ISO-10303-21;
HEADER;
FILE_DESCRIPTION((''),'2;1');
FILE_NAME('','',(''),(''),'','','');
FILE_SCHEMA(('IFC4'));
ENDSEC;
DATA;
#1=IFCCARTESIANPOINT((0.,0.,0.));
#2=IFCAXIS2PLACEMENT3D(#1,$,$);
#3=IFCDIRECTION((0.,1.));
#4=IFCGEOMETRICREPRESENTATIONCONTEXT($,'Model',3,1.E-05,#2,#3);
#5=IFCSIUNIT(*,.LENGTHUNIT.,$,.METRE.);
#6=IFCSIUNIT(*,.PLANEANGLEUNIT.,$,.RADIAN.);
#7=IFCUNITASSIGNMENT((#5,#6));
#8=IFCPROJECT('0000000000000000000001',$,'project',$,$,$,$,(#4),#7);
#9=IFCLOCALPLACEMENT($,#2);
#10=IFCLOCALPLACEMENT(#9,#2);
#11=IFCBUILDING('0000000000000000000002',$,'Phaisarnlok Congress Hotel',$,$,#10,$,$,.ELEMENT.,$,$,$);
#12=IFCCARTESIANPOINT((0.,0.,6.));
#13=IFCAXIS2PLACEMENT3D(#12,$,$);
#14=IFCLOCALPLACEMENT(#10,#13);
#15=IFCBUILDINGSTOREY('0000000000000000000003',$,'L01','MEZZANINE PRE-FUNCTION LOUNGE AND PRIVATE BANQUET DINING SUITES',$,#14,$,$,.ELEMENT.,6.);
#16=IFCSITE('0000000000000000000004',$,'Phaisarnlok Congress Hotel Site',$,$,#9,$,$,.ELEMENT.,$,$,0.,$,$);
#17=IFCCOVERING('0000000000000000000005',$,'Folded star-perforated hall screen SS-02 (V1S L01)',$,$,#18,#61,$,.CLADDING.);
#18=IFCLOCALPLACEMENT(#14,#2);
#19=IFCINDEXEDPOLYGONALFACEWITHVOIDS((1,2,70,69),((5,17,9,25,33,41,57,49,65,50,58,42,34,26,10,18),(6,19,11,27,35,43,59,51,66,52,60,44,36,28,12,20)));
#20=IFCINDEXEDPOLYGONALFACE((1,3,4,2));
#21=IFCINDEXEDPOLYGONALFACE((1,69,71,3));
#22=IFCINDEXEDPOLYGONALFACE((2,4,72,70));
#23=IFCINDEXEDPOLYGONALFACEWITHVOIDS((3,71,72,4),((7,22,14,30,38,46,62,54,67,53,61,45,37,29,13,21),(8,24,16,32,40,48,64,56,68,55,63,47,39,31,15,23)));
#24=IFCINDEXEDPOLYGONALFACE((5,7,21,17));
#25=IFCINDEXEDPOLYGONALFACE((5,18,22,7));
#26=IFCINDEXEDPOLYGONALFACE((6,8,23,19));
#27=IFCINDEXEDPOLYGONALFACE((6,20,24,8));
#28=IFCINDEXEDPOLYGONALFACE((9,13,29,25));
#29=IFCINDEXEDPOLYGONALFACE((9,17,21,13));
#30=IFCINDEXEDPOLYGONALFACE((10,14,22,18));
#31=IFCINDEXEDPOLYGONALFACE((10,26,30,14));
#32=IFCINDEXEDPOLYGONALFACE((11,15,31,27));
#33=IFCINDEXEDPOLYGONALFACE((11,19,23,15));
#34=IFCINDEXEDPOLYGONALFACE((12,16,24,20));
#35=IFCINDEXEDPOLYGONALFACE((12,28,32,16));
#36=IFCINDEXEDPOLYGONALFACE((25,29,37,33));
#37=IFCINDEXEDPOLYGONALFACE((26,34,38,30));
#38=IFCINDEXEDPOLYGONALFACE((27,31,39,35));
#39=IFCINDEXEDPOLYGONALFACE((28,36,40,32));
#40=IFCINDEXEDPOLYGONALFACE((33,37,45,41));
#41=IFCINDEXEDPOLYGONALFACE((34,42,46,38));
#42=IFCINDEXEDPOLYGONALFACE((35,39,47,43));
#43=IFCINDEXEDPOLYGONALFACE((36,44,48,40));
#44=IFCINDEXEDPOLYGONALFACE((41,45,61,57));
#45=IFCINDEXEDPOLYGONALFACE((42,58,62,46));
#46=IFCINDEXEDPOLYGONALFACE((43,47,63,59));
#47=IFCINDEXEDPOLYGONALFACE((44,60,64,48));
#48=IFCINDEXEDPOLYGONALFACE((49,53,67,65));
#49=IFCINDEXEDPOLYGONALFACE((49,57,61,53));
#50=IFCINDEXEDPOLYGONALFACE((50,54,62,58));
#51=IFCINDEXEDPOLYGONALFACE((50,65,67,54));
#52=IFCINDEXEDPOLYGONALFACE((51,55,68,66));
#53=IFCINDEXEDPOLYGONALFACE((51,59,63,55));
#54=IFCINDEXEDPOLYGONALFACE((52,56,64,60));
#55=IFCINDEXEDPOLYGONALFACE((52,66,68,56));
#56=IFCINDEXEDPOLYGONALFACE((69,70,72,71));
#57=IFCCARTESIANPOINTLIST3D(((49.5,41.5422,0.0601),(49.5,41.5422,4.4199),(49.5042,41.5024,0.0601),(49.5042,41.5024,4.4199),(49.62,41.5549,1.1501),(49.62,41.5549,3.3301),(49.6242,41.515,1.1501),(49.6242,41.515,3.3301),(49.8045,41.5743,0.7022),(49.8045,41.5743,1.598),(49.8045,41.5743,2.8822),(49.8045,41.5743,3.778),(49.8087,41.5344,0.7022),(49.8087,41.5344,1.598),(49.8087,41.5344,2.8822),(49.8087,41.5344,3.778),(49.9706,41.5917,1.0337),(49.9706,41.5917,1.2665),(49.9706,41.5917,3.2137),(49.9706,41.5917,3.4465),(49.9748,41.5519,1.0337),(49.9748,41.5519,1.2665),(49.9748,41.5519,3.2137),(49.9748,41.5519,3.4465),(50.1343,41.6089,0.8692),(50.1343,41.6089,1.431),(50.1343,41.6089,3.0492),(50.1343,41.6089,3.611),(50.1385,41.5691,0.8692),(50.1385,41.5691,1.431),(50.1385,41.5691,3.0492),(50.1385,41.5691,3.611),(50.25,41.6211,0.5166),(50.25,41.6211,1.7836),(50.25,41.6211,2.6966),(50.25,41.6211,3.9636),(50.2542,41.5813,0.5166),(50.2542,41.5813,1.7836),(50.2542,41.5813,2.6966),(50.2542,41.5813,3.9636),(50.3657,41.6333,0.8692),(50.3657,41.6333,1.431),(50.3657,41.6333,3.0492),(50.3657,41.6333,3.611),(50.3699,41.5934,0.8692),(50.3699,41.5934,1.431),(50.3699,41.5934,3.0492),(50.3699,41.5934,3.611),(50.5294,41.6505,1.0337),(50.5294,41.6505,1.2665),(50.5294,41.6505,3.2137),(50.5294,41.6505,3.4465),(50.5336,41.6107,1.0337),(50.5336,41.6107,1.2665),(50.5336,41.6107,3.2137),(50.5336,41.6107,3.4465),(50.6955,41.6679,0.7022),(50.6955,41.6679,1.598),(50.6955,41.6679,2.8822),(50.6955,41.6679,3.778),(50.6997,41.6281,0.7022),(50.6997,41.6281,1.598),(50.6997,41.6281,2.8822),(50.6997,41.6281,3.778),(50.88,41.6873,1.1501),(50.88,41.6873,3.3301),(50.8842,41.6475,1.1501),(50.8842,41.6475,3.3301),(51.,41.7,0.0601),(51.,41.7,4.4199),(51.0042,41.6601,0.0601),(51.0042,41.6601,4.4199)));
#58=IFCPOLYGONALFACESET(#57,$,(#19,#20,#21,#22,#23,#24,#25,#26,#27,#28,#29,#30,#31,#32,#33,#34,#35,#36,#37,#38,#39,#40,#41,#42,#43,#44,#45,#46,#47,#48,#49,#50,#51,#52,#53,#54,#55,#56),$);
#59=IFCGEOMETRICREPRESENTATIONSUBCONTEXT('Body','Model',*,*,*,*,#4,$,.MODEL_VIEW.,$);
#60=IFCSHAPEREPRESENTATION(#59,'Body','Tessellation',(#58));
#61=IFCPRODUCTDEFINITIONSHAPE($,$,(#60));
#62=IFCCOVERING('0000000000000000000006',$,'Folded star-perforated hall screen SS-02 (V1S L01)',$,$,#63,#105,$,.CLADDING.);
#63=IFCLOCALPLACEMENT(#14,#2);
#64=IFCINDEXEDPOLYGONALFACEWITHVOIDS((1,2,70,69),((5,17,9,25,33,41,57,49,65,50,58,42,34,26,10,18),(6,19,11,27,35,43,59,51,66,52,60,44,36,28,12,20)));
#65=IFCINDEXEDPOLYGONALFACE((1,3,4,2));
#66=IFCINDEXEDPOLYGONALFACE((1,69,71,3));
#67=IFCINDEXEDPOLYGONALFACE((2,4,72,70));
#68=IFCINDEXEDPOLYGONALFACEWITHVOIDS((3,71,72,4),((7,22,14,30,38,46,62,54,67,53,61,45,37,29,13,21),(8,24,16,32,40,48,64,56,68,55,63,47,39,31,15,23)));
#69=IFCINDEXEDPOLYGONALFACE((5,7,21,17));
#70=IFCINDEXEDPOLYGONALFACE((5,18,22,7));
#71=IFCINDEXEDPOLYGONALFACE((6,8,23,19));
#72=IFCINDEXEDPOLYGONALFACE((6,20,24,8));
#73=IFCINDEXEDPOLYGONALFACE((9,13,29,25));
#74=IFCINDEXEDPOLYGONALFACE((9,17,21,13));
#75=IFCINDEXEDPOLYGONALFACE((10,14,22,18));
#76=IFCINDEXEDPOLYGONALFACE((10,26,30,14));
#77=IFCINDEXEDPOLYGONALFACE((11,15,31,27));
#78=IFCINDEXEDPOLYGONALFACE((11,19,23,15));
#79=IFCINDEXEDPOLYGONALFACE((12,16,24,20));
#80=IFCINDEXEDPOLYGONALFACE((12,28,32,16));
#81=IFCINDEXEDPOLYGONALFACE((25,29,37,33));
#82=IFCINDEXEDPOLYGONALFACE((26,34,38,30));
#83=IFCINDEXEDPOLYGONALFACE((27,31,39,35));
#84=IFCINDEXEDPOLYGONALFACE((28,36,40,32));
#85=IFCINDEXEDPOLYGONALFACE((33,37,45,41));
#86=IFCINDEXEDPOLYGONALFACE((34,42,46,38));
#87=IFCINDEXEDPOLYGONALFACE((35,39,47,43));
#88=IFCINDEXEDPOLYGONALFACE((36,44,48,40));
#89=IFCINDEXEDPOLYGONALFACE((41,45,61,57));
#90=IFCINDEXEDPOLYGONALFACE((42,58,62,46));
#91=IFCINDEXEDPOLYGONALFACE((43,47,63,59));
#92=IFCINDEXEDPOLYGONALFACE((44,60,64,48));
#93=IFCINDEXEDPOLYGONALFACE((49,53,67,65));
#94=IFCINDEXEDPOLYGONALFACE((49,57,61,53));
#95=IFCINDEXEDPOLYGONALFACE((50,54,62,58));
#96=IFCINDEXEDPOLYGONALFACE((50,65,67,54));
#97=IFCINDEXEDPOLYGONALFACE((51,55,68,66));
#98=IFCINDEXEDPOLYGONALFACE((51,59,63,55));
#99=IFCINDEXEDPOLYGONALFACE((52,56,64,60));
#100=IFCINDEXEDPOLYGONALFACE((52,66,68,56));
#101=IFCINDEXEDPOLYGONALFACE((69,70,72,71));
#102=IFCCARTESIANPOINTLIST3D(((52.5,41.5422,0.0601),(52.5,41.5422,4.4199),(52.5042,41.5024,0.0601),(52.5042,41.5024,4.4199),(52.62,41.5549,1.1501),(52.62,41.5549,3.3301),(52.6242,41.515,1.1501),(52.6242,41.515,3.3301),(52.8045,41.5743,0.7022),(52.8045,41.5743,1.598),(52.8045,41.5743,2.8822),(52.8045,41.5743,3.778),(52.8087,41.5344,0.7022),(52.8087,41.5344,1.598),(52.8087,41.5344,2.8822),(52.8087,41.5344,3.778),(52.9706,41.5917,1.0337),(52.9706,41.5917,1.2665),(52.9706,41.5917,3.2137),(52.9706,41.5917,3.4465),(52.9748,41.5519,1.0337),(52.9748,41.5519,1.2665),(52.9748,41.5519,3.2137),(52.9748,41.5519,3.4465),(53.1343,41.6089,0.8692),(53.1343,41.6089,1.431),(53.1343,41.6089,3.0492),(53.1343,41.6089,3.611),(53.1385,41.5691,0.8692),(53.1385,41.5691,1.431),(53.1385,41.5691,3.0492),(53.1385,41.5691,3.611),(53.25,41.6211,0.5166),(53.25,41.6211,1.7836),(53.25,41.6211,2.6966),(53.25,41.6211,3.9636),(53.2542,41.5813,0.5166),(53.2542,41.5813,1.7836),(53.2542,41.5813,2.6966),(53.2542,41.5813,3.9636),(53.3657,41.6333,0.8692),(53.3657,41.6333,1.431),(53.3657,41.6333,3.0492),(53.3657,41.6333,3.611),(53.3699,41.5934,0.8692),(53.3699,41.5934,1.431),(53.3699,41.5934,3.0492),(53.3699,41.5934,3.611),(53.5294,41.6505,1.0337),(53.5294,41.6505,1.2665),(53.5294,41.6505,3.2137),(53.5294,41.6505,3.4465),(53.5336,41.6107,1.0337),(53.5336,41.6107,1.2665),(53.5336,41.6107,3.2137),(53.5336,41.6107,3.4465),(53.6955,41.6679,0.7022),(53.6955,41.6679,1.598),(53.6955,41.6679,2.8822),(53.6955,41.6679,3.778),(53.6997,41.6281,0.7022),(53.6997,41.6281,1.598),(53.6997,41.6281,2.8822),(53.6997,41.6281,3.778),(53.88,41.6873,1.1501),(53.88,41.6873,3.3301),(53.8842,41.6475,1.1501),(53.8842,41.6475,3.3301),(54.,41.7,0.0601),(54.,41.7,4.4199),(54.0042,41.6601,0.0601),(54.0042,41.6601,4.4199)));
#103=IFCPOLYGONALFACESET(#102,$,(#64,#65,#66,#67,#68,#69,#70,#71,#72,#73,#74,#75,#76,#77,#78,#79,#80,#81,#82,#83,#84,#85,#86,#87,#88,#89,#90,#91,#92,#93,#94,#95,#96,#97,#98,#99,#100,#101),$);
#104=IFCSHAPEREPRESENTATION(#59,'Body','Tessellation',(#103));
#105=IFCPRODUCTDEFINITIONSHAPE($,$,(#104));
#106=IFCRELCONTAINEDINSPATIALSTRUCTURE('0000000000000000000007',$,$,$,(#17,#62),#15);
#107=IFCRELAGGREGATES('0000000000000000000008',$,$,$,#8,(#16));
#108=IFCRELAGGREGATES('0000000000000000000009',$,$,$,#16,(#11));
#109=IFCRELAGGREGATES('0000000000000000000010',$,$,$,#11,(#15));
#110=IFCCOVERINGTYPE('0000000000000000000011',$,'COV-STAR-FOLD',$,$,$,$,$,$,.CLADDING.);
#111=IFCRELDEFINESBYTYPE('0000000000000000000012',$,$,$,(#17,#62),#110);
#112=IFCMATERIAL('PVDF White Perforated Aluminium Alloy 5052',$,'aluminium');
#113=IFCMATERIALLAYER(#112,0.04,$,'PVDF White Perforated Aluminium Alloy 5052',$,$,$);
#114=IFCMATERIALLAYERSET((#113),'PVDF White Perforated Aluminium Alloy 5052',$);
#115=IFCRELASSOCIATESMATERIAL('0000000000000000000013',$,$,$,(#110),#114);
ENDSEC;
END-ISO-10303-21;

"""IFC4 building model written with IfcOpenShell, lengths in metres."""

from ifc_helpers import new_model, si_unit, direction, frame, origin, place, context, subcontext, project, spatial, polyline, outline, extrude, material, layer, layer_set, type_object, element, save


model = new_model("IFC4")

# Units and contexts
model_context = context("Model", 3, precision=1e-05, world=origin(), true_north=direction((0.0, 1.0)))
body_context = subcontext(model_context, "Body", "Model", "MODEL_VIEW")
ifc_project = project(units=[si_unit("LENGTHUNIT", "METRE"), si_unit("PLANEANGLEUNIT", "RADIAN")], contexts=[model_context])

# Site, building, storey
site_placement = place(None, origin())
site = spatial("IfcSite", under=ifc_project, at=site_placement, Name="Phaisarnlok Congress Hotel Site", CompositionType="ELEMENT", RefElevation=0.0)
building_placement = place(site_placement, origin())
building = spatial("IfcBuilding", under=site, at=building_placement, Name="Phaisarnlok Congress Hotel", CompositionType="ELEMENT")
storey_placement = place(building_placement, frame((0.0, 0.0, 6.0)))
storey = spatial("IfcBuildingStorey", under=building, at=storey_placement, Name="L01", Description="MEZZANINE PRE-FUNCTION LOUNGE AND PRIVATE BANQUET DINING SUITES", CompositionType="ELEMENT", Elevation=6.0)

# Coverings
ifc_material_1 = material(Name="PVDF White Perforated Aluminium Alloy 5052", Category="aluminium")
ifc_layer_1 = layer(ifc_material_1, 0.04, Name="PVDF White Perforated Aluminium Alloy 5052")
ifc_layer_set_1 = layer_set([ifc_layer_1], Name="PVDF White Perforated Aluminium Alloy 5052")
covering_type = type_object("IfcCoveringType", Name="COV-STAR-FOLD", PredefinedType="CLADDING", material=ifc_layer_set_1)
for number, where, z_axis, x_axis, name in (
    (1, (49.5, 41.5422, 0.0601), (0.104567, -0.994518, 0.0), (0.994518, 0.104567, 0.0), "Folded star-perforated hall screen SS-02 (V1S L01)"),
    (2, (52.5, 41.5422, 0.0601), (0.104567, -0.994518, 0.0), (0.994518, 0.104567, 0.0), "Folded star-perforated hall screen SS-02 (V1S L01)"),
):
    element("IfcCovering", number, at=place(storey_placement, frame(where, z_axis=z_axis, x_axis=x_axis)), inside=storey, type_object=covering_type, Name=name, PredefinedType="CLADDING", context=body_context, shape_type="SweptSolid", body=[
        extrude(outline(polyline([(0.0, 0.0), (1.5083, 0.0), (1.5083, 4.3599), (0.0, 4.3599), (0.0, 0.0)]), holes=[polyline([(1.0351, 0.9736), (1.2021, 0.6421), (0.8705, 0.8091), (0.7541, 0.4565), (0.6378, 0.8091), (0.3062, 0.6421), (0.4732, 0.9736), (0.1207, 1.09), (0.4732, 1.2064), (0.3062, 1.5379), (0.6378, 1.3709), (0.7541, 1.7235), (0.8705, 1.3709), (1.2021, 1.5379), (1.0351, 1.2064), (1.3876, 1.09), (1.0351, 0.9736)]), polyline([(1.0351, 3.1536), (1.2021, 2.8221), (0.8705, 2.9891), (0.7541, 2.6365), (0.6378, 2.9891), (0.3062, 2.8221), (0.4732, 3.1536), (0.1207, 3.27), (0.4732, 3.3864), (0.3062, 3.7179), (0.6378, 3.5509), (0.7541, 3.9035), (0.8705, 3.5509), (1.2021, 3.7179), (1.0351, 3.3864), (1.3876, 3.27), (1.0351, 3.1536)])]), origin(), (0.0, 0.0, 1.0), 0.04),
    ])

save(model, "model.ifc")
